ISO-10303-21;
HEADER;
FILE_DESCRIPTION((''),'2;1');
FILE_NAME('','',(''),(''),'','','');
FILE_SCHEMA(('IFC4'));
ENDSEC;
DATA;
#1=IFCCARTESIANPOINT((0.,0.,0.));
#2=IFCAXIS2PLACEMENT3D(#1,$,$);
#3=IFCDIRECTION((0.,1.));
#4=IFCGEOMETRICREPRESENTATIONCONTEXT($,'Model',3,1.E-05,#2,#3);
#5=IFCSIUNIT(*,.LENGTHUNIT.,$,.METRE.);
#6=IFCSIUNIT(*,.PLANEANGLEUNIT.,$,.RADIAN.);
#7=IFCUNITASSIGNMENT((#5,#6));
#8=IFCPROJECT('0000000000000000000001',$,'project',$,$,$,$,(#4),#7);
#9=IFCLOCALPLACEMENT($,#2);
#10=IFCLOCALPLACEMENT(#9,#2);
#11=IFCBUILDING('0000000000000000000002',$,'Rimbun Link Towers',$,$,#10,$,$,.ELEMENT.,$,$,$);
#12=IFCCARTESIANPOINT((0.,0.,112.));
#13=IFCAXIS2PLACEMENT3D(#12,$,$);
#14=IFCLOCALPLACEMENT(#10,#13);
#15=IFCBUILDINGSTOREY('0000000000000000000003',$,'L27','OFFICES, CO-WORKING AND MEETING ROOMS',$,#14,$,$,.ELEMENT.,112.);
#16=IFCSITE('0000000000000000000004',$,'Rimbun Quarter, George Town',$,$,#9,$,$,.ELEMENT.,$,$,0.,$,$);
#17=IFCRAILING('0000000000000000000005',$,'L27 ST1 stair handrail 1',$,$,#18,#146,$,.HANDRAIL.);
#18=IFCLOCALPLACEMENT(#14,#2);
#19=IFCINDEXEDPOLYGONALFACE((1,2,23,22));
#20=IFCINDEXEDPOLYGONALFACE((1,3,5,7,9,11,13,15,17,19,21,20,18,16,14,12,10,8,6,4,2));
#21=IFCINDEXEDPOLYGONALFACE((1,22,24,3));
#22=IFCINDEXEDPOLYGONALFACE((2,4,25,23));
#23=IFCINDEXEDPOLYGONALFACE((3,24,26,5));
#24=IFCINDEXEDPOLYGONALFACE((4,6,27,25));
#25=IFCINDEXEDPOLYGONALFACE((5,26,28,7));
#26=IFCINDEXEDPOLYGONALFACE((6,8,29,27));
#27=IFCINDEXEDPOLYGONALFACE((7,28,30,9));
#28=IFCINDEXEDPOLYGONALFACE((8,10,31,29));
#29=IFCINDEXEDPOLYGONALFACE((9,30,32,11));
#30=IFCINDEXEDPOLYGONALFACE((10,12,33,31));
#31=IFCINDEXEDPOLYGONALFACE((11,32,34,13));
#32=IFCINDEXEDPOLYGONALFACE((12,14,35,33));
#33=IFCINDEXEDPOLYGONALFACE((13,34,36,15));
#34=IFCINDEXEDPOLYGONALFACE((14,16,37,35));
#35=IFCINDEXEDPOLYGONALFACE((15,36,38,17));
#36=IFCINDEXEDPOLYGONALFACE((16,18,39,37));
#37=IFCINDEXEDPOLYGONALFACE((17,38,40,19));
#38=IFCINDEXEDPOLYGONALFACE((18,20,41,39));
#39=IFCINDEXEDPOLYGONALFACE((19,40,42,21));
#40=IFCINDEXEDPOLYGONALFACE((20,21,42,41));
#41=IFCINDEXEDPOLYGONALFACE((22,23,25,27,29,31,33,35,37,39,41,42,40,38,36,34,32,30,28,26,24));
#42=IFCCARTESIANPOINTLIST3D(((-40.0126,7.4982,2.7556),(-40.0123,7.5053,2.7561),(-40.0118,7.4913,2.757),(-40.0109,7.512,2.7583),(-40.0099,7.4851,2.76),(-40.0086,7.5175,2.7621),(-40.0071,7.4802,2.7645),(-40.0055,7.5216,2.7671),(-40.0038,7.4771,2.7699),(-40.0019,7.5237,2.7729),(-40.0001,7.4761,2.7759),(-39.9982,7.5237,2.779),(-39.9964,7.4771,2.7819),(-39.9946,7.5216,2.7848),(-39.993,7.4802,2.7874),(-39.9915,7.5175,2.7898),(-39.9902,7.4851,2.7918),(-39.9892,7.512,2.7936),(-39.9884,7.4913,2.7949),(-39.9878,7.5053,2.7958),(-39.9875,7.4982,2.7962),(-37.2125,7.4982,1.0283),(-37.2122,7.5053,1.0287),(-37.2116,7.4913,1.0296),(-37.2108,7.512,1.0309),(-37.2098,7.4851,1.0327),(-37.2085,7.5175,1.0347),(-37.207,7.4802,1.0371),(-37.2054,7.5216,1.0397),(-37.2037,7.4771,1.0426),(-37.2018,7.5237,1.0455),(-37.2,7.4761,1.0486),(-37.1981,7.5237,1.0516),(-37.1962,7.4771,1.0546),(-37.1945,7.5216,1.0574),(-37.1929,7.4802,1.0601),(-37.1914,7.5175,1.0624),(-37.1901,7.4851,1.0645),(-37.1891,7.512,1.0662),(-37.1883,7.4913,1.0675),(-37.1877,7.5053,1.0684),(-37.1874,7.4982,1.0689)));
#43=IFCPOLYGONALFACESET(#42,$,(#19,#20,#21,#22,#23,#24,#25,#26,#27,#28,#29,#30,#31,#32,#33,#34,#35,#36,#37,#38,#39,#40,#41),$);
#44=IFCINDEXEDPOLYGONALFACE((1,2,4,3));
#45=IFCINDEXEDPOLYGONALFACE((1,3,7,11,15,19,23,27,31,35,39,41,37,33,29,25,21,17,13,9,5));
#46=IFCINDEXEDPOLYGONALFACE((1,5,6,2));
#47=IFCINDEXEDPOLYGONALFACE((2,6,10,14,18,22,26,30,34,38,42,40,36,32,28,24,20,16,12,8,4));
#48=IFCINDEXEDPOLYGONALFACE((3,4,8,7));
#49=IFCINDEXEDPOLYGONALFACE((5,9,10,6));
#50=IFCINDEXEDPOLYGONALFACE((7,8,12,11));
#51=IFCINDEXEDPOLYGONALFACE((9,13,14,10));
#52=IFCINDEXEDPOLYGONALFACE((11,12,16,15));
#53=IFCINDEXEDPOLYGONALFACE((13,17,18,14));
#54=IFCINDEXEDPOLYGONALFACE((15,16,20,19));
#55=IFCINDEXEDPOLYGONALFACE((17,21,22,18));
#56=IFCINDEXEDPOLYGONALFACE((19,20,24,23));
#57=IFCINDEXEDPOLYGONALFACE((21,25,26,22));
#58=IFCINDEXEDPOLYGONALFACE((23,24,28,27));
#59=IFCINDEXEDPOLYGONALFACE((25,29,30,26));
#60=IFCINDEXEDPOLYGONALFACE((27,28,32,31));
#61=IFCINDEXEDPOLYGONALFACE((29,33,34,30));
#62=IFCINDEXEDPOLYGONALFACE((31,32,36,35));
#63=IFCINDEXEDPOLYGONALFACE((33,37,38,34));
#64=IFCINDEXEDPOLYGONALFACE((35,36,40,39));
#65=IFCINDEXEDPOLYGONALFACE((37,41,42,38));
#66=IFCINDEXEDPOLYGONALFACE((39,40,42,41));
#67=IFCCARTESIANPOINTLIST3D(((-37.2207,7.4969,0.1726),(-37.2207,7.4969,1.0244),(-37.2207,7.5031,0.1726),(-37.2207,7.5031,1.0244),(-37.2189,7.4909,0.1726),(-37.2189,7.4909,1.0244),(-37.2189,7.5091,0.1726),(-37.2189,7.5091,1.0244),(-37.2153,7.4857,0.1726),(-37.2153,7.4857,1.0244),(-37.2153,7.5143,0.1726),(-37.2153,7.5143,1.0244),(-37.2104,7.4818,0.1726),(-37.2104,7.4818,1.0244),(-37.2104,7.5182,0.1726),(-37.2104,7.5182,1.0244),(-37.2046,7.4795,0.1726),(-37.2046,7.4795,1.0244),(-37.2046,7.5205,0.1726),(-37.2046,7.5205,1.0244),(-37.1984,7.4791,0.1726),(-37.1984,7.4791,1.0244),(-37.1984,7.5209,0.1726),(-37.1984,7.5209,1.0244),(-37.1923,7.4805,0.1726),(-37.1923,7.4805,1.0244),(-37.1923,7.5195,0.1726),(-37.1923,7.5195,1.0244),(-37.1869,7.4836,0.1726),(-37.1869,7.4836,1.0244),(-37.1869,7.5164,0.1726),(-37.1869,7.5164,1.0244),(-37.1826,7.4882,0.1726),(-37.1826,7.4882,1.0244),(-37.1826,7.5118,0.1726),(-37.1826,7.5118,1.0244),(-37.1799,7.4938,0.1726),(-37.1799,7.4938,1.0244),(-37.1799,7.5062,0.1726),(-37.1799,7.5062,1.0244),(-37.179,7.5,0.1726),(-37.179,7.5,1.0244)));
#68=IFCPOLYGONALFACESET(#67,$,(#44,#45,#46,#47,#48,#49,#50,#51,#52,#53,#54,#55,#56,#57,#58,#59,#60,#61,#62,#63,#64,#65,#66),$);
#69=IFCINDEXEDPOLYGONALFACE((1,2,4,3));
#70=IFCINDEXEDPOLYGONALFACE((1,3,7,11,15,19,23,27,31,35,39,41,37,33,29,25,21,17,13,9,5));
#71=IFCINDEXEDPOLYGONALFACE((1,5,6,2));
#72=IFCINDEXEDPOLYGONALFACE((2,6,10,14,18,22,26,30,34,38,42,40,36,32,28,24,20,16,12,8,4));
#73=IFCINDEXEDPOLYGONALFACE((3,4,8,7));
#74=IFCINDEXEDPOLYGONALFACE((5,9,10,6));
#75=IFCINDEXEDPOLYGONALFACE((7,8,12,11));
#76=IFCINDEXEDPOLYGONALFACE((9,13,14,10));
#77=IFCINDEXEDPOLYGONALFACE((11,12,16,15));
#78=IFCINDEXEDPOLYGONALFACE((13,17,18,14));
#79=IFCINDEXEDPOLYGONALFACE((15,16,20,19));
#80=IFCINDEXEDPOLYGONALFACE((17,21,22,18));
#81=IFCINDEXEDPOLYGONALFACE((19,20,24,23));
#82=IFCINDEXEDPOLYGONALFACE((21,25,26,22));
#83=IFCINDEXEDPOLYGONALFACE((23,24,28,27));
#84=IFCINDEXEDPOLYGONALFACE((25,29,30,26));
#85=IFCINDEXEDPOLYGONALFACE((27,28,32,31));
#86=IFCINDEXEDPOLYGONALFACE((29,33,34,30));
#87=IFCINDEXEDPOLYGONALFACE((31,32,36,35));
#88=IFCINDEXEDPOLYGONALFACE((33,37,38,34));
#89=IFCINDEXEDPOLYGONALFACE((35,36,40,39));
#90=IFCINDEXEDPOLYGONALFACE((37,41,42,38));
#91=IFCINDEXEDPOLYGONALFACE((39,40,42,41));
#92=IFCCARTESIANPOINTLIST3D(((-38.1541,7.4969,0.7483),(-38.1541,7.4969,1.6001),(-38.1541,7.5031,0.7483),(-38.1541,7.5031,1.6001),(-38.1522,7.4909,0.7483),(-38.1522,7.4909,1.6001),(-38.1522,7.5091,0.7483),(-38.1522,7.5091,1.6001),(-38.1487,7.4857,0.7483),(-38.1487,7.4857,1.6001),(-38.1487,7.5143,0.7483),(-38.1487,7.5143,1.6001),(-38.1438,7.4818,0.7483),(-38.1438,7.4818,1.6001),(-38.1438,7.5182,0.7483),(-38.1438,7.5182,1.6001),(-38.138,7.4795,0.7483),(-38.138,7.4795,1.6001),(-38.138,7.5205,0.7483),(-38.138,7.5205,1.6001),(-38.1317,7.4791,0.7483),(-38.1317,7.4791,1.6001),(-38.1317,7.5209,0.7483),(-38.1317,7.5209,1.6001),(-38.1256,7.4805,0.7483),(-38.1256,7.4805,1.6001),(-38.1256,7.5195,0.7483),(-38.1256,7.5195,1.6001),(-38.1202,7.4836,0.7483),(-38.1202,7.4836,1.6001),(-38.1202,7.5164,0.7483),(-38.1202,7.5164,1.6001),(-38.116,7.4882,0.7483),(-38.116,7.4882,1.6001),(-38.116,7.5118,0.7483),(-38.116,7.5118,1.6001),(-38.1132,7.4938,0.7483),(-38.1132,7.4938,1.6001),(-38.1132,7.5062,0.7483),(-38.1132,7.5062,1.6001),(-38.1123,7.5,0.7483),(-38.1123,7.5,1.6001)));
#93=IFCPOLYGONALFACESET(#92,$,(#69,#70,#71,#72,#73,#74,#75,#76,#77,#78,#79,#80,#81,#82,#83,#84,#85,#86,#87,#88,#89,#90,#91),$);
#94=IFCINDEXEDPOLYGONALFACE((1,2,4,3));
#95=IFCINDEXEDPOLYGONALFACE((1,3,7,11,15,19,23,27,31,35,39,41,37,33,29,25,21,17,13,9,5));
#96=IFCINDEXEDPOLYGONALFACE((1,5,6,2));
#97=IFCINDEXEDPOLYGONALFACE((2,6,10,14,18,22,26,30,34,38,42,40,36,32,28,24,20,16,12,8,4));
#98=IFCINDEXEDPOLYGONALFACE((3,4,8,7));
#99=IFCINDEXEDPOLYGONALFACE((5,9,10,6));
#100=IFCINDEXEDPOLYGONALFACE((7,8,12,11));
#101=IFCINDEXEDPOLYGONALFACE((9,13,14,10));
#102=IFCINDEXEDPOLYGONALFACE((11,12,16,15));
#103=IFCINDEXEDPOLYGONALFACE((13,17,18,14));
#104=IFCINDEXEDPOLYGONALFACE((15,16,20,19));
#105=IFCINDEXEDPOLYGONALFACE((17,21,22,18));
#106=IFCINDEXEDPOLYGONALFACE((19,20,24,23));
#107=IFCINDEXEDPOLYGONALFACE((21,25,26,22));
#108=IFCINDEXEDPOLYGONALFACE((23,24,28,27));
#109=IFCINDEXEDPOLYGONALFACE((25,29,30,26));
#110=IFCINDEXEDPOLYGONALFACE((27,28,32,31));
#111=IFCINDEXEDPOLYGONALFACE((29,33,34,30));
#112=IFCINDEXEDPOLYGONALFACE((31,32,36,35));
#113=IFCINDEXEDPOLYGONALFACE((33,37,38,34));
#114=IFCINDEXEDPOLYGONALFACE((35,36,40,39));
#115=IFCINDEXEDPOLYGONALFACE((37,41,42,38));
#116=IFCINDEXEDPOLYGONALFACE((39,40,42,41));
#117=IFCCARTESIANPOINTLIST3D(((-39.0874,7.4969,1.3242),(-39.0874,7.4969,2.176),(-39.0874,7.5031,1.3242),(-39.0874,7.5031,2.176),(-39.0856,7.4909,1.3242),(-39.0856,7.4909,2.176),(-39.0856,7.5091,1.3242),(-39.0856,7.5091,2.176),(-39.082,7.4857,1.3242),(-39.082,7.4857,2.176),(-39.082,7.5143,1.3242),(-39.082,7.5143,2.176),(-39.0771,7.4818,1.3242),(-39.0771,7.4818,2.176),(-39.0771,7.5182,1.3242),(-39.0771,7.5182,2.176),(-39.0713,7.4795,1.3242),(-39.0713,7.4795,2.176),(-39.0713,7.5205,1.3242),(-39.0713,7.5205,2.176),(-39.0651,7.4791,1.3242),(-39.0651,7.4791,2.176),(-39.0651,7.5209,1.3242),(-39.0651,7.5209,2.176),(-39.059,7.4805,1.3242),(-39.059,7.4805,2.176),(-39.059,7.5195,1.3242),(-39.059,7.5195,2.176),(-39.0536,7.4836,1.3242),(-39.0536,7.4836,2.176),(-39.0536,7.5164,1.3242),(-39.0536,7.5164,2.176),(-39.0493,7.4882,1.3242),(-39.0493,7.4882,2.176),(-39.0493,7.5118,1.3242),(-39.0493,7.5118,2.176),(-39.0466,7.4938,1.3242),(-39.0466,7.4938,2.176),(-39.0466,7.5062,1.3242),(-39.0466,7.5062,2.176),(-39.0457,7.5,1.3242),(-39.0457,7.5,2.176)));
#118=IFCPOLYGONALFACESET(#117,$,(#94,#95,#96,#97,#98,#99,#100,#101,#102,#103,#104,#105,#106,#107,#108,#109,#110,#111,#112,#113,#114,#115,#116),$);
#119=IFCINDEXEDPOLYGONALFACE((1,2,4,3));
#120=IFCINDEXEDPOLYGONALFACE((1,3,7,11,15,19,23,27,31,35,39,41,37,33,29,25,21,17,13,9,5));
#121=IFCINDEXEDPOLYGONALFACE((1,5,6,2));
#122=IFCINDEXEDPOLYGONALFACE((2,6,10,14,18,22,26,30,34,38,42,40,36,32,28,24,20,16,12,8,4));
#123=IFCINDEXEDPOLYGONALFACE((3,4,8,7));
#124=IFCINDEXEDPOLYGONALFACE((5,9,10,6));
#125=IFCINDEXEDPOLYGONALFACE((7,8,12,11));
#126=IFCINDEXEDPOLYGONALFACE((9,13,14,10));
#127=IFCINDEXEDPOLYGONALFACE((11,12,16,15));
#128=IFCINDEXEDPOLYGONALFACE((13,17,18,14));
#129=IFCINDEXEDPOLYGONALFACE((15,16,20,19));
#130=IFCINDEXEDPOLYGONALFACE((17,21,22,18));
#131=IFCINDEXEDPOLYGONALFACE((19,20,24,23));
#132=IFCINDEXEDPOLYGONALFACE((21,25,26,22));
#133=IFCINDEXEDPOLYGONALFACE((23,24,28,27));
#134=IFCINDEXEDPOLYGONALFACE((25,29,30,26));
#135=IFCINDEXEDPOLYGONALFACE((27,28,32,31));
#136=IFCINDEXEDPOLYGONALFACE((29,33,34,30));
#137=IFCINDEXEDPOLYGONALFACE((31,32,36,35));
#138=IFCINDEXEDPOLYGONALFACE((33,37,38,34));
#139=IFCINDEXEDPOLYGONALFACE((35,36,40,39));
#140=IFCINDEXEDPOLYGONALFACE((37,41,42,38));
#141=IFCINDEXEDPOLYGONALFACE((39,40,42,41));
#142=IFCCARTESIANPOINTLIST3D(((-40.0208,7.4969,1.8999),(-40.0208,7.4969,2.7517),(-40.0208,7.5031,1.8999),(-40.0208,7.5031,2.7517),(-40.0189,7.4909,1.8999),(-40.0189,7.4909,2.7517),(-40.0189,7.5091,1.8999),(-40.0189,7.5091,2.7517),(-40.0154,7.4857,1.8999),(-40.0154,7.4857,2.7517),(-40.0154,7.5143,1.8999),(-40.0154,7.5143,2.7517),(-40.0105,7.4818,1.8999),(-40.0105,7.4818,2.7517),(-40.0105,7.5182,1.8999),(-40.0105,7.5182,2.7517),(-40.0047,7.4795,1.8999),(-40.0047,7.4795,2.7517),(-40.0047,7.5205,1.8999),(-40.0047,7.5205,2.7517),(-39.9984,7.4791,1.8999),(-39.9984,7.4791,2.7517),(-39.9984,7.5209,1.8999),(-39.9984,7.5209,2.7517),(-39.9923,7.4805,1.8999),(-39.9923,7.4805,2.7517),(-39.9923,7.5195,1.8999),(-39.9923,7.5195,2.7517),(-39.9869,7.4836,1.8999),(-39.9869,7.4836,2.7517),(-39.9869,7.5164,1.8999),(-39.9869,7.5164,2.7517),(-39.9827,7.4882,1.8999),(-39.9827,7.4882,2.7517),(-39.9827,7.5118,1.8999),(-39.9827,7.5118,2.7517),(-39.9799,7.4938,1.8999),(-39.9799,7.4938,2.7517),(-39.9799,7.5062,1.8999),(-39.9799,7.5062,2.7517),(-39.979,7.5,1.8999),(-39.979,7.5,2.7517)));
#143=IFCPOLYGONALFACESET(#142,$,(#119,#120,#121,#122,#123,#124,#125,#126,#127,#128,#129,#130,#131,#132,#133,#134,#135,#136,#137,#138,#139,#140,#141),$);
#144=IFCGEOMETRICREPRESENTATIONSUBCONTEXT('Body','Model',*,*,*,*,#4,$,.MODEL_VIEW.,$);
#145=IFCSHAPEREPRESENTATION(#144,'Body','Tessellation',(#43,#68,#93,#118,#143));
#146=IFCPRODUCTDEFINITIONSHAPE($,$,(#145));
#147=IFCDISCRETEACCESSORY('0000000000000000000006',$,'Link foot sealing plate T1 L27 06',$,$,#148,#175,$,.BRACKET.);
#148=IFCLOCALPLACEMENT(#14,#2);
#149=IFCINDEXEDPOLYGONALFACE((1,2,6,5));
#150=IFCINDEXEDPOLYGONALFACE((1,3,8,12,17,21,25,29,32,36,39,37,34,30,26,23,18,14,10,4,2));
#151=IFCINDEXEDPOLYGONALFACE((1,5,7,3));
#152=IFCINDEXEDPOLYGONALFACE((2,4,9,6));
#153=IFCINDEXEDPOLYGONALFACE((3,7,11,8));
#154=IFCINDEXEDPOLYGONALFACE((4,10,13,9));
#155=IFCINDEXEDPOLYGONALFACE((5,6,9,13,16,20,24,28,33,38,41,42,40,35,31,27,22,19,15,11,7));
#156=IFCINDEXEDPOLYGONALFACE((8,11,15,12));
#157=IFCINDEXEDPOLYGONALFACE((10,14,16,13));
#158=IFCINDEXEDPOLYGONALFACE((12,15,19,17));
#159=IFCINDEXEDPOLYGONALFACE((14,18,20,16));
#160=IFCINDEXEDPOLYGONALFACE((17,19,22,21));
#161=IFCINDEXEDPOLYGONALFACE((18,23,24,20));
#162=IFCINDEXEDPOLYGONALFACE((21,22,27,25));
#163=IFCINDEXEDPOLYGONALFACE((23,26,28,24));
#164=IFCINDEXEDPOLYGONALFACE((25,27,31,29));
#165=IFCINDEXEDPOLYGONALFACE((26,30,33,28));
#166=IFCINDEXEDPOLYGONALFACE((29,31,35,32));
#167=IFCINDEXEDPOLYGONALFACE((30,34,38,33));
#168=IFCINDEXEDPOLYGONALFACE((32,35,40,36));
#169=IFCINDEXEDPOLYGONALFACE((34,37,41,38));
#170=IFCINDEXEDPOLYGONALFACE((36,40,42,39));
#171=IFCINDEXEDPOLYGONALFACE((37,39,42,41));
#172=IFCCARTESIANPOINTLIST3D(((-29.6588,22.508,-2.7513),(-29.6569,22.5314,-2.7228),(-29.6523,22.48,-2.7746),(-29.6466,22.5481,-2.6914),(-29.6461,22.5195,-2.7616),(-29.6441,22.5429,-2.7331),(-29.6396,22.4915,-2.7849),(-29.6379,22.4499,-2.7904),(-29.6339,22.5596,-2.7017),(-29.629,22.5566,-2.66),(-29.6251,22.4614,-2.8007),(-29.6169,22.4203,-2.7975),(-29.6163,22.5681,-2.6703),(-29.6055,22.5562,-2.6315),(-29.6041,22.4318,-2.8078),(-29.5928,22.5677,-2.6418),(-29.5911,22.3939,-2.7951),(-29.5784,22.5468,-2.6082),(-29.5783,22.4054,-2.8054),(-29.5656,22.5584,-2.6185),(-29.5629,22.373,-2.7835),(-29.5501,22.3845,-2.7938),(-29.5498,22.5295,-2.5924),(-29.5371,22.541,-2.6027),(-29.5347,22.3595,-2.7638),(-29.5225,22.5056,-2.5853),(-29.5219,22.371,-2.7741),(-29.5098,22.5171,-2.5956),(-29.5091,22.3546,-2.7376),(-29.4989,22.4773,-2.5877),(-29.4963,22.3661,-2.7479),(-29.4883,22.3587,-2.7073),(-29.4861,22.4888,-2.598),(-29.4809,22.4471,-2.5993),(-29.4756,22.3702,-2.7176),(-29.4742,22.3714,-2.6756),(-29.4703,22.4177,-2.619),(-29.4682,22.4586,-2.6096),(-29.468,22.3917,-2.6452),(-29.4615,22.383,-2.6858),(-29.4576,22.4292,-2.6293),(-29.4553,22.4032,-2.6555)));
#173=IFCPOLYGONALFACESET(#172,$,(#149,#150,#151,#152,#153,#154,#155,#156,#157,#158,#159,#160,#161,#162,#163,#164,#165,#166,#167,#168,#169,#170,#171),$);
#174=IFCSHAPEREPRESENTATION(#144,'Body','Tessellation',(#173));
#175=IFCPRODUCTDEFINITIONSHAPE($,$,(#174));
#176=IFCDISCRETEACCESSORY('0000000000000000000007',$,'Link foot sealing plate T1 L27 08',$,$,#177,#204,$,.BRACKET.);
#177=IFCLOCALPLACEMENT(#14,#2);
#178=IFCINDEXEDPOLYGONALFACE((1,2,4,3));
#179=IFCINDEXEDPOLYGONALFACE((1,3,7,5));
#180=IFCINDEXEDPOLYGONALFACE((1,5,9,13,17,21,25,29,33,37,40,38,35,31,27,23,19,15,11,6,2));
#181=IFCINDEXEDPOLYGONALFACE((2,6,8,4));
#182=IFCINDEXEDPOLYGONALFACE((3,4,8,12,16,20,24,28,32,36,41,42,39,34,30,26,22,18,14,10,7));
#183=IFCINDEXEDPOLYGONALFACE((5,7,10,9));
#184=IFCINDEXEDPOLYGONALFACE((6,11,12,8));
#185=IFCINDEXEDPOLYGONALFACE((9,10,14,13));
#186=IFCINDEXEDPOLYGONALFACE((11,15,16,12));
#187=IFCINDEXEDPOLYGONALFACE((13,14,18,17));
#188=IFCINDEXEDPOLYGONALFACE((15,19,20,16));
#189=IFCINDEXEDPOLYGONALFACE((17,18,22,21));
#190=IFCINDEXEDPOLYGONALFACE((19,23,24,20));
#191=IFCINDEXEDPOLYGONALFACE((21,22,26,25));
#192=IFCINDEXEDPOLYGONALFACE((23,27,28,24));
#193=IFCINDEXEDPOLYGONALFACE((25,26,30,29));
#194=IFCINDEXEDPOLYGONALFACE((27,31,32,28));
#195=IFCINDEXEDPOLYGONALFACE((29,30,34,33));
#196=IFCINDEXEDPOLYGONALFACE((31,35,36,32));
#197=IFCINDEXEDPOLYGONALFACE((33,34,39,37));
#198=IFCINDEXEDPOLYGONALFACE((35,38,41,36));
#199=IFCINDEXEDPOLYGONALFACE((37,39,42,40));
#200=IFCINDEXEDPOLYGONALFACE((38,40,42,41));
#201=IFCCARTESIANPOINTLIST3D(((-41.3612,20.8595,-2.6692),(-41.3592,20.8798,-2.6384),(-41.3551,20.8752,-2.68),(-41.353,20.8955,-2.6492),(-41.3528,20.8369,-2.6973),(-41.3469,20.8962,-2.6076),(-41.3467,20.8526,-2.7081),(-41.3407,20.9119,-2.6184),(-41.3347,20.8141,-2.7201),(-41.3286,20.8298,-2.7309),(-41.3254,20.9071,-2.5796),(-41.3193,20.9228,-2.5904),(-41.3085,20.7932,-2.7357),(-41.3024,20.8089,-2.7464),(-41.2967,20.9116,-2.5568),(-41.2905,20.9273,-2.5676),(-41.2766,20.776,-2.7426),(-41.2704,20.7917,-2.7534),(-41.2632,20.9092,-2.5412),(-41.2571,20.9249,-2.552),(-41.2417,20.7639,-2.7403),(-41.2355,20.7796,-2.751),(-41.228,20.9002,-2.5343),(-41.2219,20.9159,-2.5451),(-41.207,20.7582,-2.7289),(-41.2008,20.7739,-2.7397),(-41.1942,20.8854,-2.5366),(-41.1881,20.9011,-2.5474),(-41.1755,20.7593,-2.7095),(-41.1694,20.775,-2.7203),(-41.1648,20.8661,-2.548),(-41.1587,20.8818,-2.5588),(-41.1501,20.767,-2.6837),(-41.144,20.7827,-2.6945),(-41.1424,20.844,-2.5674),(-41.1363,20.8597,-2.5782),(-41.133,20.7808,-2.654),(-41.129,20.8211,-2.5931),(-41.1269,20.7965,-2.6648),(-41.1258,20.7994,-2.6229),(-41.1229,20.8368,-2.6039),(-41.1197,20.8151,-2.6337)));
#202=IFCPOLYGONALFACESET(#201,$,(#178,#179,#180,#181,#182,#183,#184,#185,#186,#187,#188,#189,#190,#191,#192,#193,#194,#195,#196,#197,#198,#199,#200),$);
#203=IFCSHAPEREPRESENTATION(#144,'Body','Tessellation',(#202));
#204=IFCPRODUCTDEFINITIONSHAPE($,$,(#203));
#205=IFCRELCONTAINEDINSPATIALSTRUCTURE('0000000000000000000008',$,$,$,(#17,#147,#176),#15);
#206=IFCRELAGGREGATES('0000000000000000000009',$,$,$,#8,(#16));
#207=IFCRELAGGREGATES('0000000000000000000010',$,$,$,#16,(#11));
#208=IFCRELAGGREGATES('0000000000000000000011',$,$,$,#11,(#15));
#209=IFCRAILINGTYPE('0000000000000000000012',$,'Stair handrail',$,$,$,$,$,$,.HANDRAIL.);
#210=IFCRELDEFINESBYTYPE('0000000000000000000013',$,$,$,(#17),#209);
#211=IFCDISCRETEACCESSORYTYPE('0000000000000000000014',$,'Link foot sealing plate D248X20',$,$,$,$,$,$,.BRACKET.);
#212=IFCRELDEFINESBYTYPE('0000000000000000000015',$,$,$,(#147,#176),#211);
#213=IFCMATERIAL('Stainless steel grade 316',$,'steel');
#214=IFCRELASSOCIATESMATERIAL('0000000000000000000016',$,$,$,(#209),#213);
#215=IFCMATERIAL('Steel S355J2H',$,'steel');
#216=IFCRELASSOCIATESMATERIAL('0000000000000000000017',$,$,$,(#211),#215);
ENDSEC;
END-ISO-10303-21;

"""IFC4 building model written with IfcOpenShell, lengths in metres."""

from ifc_helpers import new_model, si_unit, direction, frame, origin, origin_2d, place, context, subcontext, project, spatial, circle, extrude, material, material_profile, profile_set, type_object, element, save


model = new_model("IFC4")

# Units and contexts
model_context = context("Model", 3, precision=1e-05, world=origin(), true_north=direction((0.0, 1.0)))
body_context = subcontext(model_context, "Body", "Model", "MODEL_VIEW")
ifc_project = project(units=[si_unit("LENGTHUNIT", "METRE"), si_unit("PLANEANGLEUNIT", "RADIAN")], contexts=[model_context])

# Site, building, storey
site_placement = place(None, origin())
site = spatial("IfcSite", under=ifc_project, at=site_placement, Name="Rimbun Quarter, George Town", CompositionType="ELEMENT", RefElevation=0.0)
building_placement = place(site_placement, origin())
building = spatial("IfcBuilding", under=site, at=building_placement, Name="Rimbun Link Towers", CompositionType="ELEMENT")
storey_placement = place(building_placement, frame((0.0, 0.0, 112.0)))
storey = spatial("IfcBuildingStorey", under=building, at=storey_placement, Name="L27", Description="OFFICES, CO-WORKING AND MEETING ROOMS", CompositionType="ELEMENT", Elevation=112.0)

# Railing
ifc_material_1 = material(Name="Stainless steel grade 316", Category="steel")
railing_type_1 = type_object("IfcRailingType", Name="Stair handrail", PredefinedType="HANDRAIL", material=ifc_material_1)
railing_1_placement = place(storey_placement, frame((-37.2, 7.5, 0.1726)))
element("IfcRailing", 1, at=railing_1_placement, inside=storey, type_object=railing_type_1, Name="L27 ST1 stair handrail 1", PredefinedType="HANDRAIL", context=body_context, shape_type="SweptSolid", body=[
    extrude(circle(Radius=0.0239, at=origin_2d()), frame((0.0, 0.0, 0.876), z_axis=(-0.85109, 0.0, 0.52502), x_axis=(0.0, -1.0, 0.0)), (0.0, 0.0, 1.0), 3.29),
    extrude(circle(Radius=0.021, at=origin_2d()), origin(), (0.0, 0.0, 1.0), 0.8518),
    extrude(circle(Radius=0.021, at=origin_2d()), frame((-0.9333, 0.0, 0.5757)), (0.0, 0.0, 1.0), 0.8518),
    extrude(circle(Radius=0.021, at=origin_2d()), frame((-1.8667, 0.0, 1.1516)), (0.0, 0.0, 1.0), 0.8518),
    extrude(circle(Radius=0.021, at=origin_2d()), frame((-2.8, 0.0, 1.7273)), (0.0, 0.0, 1.0), 0.8518),
])

# Discrete accessories
ifc_material_2 = material(Name="Steel S355J2H", Category="steel")
ifc_material_profile_1 = material_profile(ifc_material_2, circle(Radius=0.124, at=origin_2d()), Name="PL D248")
ifc_profile_set_1 = profile_set([ifc_material_profile_1], Name="Steel S355J2H")
discrete_accessory_type = type_object("IfcDiscreteAccessoryType", Name="Link foot sealing plate D248X20", PredefinedType="BRACKET", material=ifc_profile_set_1)
for number, where, z_axis, x_axis, name in (
    (2, (-29.5635, 22.4561, -2.6914), (0.636374, 0.575184, -0.513995), (-0.67054, 0.741874, 0.0), "Link foot sealing plate T1 L27 06"),
    (3, (-41.2437, 20.8347, -2.6384), (0.306408, 0.784406, -0.539279), (-0.931457, 0.363851, 0.0), "Link foot sealing plate T1 L27 08"),
):
    element("IfcDiscreteAccessory", number, at=place(storey_placement, frame(where, z_axis=z_axis, x_axis=x_axis)), inside=storey, type_object=discrete_accessory_type, Name=name, PredefinedType="BRACKET", context=body_context, shape_type="SweptSolid", body=[
        extrude(circle(Radius=0.124, at=origin_2d()), origin(), (0.0, 0.0, 1.0), 0.02),
    ])

save(model, "model.ifc")
